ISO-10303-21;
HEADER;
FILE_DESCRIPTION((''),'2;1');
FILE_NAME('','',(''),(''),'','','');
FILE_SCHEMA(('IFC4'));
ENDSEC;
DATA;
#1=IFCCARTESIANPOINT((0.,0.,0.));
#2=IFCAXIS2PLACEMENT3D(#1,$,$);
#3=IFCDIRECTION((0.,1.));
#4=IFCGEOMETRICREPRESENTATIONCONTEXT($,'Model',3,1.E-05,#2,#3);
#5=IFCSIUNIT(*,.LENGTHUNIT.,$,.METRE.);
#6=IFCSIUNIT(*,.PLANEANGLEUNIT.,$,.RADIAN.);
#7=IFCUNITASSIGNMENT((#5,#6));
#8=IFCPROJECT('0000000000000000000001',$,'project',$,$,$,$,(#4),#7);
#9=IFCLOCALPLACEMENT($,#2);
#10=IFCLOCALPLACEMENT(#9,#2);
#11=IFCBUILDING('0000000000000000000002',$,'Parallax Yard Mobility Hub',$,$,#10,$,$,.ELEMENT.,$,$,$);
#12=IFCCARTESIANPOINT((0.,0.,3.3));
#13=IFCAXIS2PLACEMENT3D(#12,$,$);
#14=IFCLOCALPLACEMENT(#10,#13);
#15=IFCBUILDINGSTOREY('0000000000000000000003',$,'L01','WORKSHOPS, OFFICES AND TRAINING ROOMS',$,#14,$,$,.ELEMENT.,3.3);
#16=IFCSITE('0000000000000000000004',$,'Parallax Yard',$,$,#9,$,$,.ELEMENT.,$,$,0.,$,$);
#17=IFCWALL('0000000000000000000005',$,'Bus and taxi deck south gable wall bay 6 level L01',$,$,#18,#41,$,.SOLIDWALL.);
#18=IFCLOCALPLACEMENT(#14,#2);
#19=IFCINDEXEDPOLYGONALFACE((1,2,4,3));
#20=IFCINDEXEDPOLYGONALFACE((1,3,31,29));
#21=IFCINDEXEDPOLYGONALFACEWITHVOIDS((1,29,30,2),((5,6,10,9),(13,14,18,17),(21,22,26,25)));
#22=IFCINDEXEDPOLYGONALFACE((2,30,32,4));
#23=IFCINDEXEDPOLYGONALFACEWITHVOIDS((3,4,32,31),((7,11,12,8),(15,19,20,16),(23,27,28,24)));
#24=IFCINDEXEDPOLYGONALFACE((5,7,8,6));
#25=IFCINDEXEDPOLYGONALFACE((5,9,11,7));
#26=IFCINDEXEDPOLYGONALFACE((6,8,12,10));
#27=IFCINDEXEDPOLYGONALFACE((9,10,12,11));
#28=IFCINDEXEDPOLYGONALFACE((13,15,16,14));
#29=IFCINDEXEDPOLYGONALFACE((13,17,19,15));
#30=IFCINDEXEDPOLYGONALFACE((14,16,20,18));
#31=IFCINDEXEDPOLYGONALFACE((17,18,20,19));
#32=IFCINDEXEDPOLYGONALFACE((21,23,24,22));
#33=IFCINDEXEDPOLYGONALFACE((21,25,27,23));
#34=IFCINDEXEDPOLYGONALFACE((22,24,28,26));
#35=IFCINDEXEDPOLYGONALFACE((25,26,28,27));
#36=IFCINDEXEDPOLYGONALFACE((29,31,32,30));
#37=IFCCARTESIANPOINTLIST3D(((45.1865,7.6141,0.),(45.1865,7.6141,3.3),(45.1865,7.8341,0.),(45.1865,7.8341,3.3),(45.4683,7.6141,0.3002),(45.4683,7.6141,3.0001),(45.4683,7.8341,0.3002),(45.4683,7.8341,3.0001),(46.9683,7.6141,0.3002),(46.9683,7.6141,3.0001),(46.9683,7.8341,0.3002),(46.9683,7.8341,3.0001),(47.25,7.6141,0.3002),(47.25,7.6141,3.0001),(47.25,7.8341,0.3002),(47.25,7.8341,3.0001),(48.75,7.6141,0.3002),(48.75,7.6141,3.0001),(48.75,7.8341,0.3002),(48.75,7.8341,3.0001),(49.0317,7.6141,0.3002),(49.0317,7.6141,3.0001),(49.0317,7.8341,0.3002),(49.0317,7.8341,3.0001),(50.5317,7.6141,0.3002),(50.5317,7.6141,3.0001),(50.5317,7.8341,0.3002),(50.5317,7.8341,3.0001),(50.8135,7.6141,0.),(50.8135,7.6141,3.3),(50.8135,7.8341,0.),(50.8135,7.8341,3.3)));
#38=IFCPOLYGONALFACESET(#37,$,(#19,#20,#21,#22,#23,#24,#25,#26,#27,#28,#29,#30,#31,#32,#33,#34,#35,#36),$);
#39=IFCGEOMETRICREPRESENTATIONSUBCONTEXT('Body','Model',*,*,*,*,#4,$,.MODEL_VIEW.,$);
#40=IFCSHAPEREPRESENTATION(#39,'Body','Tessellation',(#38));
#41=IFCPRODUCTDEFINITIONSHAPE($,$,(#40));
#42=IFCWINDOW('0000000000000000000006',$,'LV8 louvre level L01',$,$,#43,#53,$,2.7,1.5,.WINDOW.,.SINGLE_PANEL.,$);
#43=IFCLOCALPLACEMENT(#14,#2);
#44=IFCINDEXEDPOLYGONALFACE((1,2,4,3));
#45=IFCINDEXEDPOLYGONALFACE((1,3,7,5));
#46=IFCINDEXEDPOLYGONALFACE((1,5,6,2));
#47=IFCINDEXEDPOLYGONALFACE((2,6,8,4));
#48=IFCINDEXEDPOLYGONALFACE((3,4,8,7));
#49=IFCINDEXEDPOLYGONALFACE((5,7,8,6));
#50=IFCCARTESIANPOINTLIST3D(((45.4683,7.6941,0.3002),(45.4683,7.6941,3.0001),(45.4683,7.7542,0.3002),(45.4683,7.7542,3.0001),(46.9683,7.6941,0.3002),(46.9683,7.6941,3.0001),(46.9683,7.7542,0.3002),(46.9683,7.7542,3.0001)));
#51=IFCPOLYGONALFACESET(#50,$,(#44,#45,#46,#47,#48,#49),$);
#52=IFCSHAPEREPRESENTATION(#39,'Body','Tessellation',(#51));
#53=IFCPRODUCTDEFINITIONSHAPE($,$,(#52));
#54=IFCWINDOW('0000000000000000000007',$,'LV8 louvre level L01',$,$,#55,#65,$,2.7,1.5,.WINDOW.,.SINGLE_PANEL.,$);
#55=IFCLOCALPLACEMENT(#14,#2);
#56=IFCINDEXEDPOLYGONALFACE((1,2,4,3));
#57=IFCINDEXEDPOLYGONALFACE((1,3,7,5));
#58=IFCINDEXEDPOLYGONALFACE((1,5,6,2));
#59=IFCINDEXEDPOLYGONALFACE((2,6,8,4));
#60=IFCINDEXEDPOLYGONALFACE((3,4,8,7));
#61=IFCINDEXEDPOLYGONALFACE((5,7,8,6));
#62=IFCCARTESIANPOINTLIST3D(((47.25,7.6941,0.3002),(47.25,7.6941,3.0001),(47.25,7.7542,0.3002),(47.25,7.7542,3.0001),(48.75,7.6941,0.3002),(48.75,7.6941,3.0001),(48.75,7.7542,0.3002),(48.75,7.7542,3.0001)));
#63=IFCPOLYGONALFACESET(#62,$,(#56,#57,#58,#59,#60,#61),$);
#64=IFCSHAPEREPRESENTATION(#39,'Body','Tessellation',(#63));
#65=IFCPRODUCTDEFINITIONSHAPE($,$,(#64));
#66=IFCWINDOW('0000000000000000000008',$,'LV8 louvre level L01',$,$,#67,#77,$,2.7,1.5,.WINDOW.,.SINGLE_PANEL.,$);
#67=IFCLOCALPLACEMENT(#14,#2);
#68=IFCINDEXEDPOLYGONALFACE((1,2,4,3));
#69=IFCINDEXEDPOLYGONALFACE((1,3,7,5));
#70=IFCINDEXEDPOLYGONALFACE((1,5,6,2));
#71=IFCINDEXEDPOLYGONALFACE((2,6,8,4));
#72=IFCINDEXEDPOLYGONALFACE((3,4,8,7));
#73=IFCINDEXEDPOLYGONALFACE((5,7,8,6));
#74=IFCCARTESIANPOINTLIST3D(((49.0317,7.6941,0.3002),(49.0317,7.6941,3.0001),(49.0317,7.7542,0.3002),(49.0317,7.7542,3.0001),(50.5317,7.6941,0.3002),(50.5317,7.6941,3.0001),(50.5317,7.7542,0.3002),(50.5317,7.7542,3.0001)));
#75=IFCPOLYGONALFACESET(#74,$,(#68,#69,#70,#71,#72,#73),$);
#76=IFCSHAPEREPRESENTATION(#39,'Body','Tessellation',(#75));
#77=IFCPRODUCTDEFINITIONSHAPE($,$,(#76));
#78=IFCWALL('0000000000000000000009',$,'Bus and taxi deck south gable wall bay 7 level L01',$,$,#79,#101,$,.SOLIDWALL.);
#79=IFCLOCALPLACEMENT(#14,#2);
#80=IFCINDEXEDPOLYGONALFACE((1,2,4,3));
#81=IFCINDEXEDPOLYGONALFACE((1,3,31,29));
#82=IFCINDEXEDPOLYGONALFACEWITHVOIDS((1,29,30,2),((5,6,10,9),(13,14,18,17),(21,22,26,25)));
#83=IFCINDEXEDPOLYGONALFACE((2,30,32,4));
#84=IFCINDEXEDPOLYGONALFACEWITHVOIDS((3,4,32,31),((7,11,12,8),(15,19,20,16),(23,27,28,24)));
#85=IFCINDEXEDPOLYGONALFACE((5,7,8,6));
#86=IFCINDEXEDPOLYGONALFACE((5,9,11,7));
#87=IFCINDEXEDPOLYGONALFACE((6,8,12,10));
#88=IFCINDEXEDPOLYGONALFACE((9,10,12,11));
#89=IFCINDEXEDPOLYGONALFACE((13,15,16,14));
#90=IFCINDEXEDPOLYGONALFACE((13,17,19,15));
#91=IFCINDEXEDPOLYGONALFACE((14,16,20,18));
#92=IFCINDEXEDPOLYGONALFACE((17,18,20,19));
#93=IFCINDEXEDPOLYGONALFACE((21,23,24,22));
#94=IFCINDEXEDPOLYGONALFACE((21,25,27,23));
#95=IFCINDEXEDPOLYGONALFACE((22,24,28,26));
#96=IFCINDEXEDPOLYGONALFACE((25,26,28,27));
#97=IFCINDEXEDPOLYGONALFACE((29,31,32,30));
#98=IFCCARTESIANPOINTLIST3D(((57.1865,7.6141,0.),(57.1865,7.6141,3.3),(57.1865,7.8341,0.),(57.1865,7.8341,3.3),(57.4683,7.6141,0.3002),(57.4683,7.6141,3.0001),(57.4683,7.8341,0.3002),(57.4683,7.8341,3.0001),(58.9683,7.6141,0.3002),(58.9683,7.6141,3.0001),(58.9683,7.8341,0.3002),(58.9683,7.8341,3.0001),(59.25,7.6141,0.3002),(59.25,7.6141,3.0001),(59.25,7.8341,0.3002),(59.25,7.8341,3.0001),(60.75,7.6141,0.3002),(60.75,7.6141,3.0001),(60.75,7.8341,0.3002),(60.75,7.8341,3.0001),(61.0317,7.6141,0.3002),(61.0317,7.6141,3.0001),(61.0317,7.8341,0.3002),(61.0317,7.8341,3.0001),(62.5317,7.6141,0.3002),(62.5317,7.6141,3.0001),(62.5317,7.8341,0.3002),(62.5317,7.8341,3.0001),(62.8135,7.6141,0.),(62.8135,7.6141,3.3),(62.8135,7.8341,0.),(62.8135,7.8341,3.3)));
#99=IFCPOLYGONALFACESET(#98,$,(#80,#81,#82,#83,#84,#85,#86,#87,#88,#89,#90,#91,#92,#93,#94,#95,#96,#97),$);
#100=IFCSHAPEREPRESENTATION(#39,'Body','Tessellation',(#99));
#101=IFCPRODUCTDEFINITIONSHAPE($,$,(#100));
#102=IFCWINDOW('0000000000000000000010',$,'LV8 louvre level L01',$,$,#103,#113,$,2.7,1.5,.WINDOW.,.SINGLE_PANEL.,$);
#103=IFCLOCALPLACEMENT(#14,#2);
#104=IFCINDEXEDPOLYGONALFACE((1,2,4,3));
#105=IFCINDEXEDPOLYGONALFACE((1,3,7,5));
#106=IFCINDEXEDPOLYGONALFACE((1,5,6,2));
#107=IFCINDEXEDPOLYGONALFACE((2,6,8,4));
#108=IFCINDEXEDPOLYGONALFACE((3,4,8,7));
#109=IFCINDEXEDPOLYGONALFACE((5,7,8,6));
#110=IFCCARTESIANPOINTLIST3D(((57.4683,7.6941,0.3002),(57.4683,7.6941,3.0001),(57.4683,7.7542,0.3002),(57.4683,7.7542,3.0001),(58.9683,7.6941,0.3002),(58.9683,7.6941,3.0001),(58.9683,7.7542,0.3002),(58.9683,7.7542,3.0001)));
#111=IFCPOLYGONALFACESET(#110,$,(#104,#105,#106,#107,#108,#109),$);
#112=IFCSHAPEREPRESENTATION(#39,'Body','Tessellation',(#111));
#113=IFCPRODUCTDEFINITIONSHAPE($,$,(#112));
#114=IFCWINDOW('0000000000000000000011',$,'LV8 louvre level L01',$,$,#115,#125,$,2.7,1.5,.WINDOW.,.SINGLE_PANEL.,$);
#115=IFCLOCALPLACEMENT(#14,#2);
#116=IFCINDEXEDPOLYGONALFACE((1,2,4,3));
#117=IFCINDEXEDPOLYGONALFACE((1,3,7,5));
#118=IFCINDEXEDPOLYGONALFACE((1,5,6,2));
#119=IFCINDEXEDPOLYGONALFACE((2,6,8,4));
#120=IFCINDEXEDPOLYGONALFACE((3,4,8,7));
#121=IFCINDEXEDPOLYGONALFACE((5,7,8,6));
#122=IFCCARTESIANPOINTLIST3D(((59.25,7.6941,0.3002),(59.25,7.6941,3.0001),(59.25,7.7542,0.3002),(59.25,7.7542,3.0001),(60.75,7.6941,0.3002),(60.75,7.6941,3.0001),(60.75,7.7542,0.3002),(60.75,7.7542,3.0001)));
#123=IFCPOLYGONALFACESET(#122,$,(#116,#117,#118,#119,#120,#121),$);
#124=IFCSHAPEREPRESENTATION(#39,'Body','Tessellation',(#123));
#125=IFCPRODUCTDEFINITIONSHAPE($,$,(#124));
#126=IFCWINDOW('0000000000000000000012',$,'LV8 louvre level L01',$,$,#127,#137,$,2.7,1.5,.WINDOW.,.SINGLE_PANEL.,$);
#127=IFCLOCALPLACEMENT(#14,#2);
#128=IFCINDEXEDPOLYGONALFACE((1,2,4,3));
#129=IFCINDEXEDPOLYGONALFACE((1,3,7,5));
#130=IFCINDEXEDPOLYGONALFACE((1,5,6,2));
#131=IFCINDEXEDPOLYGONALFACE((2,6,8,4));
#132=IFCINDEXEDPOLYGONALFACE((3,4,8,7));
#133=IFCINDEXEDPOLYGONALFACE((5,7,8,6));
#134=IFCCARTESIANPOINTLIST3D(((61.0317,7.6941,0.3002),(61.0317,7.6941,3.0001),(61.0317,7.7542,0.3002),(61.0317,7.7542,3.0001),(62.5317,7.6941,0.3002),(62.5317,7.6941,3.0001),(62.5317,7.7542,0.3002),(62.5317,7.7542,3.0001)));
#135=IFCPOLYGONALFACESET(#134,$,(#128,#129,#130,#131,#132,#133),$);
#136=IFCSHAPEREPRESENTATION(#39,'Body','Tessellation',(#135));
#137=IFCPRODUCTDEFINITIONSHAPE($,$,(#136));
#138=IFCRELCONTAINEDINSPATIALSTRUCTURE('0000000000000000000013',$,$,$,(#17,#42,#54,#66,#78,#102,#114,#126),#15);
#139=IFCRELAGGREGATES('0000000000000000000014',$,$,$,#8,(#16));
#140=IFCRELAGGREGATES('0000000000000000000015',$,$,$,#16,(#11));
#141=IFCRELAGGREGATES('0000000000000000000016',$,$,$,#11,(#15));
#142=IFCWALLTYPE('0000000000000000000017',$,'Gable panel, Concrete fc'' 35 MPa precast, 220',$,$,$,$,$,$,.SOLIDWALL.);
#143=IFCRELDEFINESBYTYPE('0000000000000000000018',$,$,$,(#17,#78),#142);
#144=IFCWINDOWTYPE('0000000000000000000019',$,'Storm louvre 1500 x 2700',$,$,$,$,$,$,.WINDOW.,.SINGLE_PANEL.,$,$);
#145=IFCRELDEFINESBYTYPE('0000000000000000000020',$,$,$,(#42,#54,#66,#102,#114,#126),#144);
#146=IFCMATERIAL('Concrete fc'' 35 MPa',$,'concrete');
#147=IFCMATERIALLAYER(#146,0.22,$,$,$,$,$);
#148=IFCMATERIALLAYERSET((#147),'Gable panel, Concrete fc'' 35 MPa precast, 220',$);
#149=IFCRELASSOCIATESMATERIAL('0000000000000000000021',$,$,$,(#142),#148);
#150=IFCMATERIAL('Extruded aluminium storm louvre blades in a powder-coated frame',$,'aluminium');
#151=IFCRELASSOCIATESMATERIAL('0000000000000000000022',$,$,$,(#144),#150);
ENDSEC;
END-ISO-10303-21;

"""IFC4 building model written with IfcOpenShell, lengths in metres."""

from ifc_helpers import new_model, si_unit, direction, frame, frame_2d, origin, place, context, subcontext, project, spatial, rectangle, extrude, material, layer, layer_set, type_object, element, fill, save


model = new_model("IFC4")

# Units and contexts
model_context = context("Model", 3, precision=1e-05, world=origin(), true_north=direction((0.0, 1.0)))
body_context = subcontext(model_context, "Body", "Model", "MODEL_VIEW")
ifc_project = project(units=[si_unit("LENGTHUNIT", "METRE"), si_unit("PLANEANGLEUNIT", "RADIAN")], contexts=[model_context])

# Site, building, storey
site_placement = place(None, origin())
site = spatial("IfcSite", under=ifc_project, at=site_placement, Name="Parallax Yard", CompositionType="ELEMENT", RefElevation=0.0)
building_placement = place(site_placement, origin())
building = spatial("IfcBuilding", under=site, at=building_placement, Name="Parallax Yard Mobility Hub", CompositionType="ELEMENT")
storey_placement = place(building_placement, frame((0.0, 0.0, 3.3)))
storey = spatial("IfcBuildingStorey", under=building, at=storey_placement, Name="L01", Description="WORKSHOPS, OFFICES AND TRAINING ROOMS", CompositionType="ELEMENT", Elevation=3.3)

# Walls, openings, windows
ifc_material_1 = material(Name="Concrete fc' 35 MPa", Category="concrete")
ifc_layer = layer(ifc_material_1, 0.22)
ifc_layer_set = layer_set([ifc_layer], Name="Gable panel, Concrete fc' 35 MPa precast, 220")
wall_type = type_object("IfcWallType", Name="Gable panel, Concrete fc' 35 MPa precast, 220", PredefinedType="SOLIDWALL", material=ifc_layer_set)
wall_1_placement = place(storey_placement, frame((45.1865, 7.7241, 0.0), z_axis=(0.0, 0.0, 1.0), x_axis=(1.0, 0.0, 0.0)))
wall_1 = element("IfcWall", 1, at=wall_1_placement, inside=storey, type_object=wall_type, Name="Bus and taxi deck south gable wall bay 6 level L01", PredefinedType="SOLIDWALL", context=body_context, shape_type="SweptSolid", body=[
    extrude(rectangle(XDim=5.627, YDim=0.22, at=frame_2d((2.8135, 0.0))), origin(), (0.0, 0.0, 1.0), 3.3),
])
opening_1_placement = place(wall_1_placement, frame((0.2817, 0.0, 0.3)))
opening_1 = element("IfcOpeningElement", 2, at=opening_1_placement, cuts=wall_1, PredefinedType="OPENING", context=body_context, shape_type="SweptSolid", body=[
    extrude(rectangle(XDim=1.5, YDim=2.7, at=frame_2d((0.75, 1.3501))), frame((0.0, 0.1201, 0.0), z_axis=(0.0, -1.0, 0.0), x_axis=(1.0, 0.0, 0.0)), (0.0, 0.0, 1.0), 0.24),
])
opening_2_placement = place(wall_1_placement, frame((2.0635, 0.0, 0.3)))
opening_2 = element("IfcOpeningElement", 3, at=opening_2_placement, cuts=wall_1, PredefinedType="OPENING", context=body_context, shape_type="SweptSolid", body=[
    extrude(rectangle(XDim=1.5, YDim=2.7, at=frame_2d((0.75, 1.3501))), frame((0.0, 0.1201, 0.0), z_axis=(0.0, -1.0, 0.0), x_axis=(1.0, 0.0, 0.0)), (0.0, 0.0, 1.0), 0.24),
])
opening_3_placement = place(wall_1_placement, frame((3.8452, 0.0, 0.3)))
opening_3 = element("IfcOpeningElement", 4, at=opening_3_placement, cuts=wall_1, PredefinedType="OPENING", context=body_context, shape_type="SweptSolid", body=[
    extrude(rectangle(XDim=1.5, YDim=2.7, at=frame_2d((0.75, 1.3501))), frame((0.0, 0.1201, 0.0), z_axis=(0.0, -1.0, 0.0), x_axis=(1.0, 0.0, 0.0)), (0.0, 0.0, 1.0), 0.24),
])
ifc_material_2 = material(Name="Extruded aluminium storm louvre blades in a powder-coated frame", Category="aluminium")
window_type = type_object("IfcWindowType", Name="Storm louvre 1500 x 2700", PartitioningType="SINGLE_PANEL", PredefinedType="WINDOW", material=ifc_material_2)
window_1_placement = place(opening_1_placement, origin())
window_1 = element("IfcWindow", 5, at=window_1_placement, inside=storey, type_object=window_type, Name="LV8 louvre level L01", OverallHeight=2.7, OverallWidth=1.5, PartitioningType="SINGLE_PANEL", PredefinedType="WINDOW", context=body_context, shape_type="SweptSolid", body=[
    extrude(rectangle(XDim=1.5, YDim=2.7, at=frame_2d((0.75, 1.3501))), frame((0.0, 0.03, 0.0), z_axis=(0.0, -1.0, 0.0), x_axis=(1.0, 0.0, 0.0)), (0.0, 0.0, 1.0), 0.0601),
])
fill(opening_1, window_1)
window_2_placement = place(opening_2_placement, origin())
window_2 = element("IfcWindow", 6, at=window_2_placement, inside=storey, type_object=window_type, Name="LV8 louvre level L01", OverallHeight=2.7, OverallWidth=1.5, PartitioningType="SINGLE_PANEL", PredefinedType="WINDOW", context=body_context, shape_type="SweptSolid", body=[
    extrude(rectangle(XDim=1.5, YDim=2.7, at=frame_2d((0.75, 1.3501))), frame((0.0, 0.03, 0.0), z_axis=(0.0, -1.0, 0.0), x_axis=(1.0, 0.0, 0.0)), (0.0, 0.0, 1.0), 0.0601),
])
fill(opening_2, window_2)
window_3_placement = place(opening_3_placement, origin())
window_3 = element("IfcWindow", 7, at=window_3_placement, inside=storey, type_object=window_type, Name="LV8 louvre level L01", OverallHeight=2.7, OverallWidth=1.5, PartitioningType="SINGLE_PANEL", PredefinedType="WINDOW", context=body_context, shape_type="SweptSolid", body=[
    extrude(rectangle(XDim=1.5, YDim=2.7, at=frame_2d((0.75, 1.3501))), frame((0.0, 0.03, 0.0), z_axis=(0.0, -1.0, 0.0), x_axis=(1.0, 0.0, 0.0)), (0.0, 0.0, 1.0), 0.0601),
])
fill(opening_3, window_3)
wall_2_placement = place(storey_placement, frame((57.1865, 7.7241, 0.0), z_axis=(0.0, 0.0, 1.0), x_axis=(1.0, 0.0, 0.0)))
wall_2 = element("IfcWall", 8, at=wall_2_placement, inside=storey, type_object=wall_type, Name="Bus and taxi deck south gable wall bay 7 level L01", PredefinedType="SOLIDWALL", context=body_context, shape_type="SweptSolid", body=[
    extrude(rectangle(XDim=5.627, YDim=0.22, at=frame_2d((2.8135, 0.0))), origin(), (0.0, 0.0, 1.0), 3.3),
])
opening_4_placement = place(wall_2_placement, frame((0.2817, 0.0, 0.3)))
opening_4 = element("IfcOpeningElement", 9, at=opening_4_placement, cuts=wall_2, PredefinedType="OPENING", context=body_context, shape_type="SweptSolid", body=[
    extrude(rectangle(XDim=1.5, YDim=2.7, at=frame_2d((0.75, 1.3501))), frame((0.0, 0.1201, 0.0), z_axis=(0.0, -1.0, 0.0), x_axis=(1.0, 0.0, 0.0)), (0.0, 0.0, 1.0), 0.24),
])
opening_5_placement = place(wall_2_placement, frame((2.0635, 0.0, 0.3)))
opening_5 = element("IfcOpeningElement", 10, at=opening_5_placement, cuts=wall_2, PredefinedType="OPENING", context=body_context, shape_type="SweptSolid", body=[
    extrude(rectangle(XDim=1.5, YDim=2.7, at=frame_2d((0.75, 1.3501))), frame((0.0, 0.1201, 0.0), z_axis=(0.0, -1.0, 0.0), x_axis=(1.0, 0.0, 0.0)), (0.0, 0.0, 1.0), 0.24),
])
opening_6_placement = place(wall_2_placement, frame((3.8452, 0.0, 0.3)))
opening_6 = element("IfcOpeningElement", 11, at=opening_6_placement, cuts=wall_2, PredefinedType="OPENING", context=body_context, shape_type="SweptSolid", body=[
    extrude(rectangle(XDim=1.5, YDim=2.7, at=frame_2d((0.75, 1.3501))), frame((0.0, 0.1201, 0.0), z_axis=(0.0, -1.0, 0.0), x_axis=(1.0, 0.0, 0.0)), (0.0, 0.0, 1.0), 0.24),
])
window_4_placement = place(opening_4_placement, origin())
window_4 = element("IfcWindow", 12, at=window_4_placement, inside=storey, type_object=window_type, Name="LV8 louvre level L01", OverallHeight=2.7, OverallWidth=1.5, PartitioningType="SINGLE_PANEL", PredefinedType="WINDOW", context=body_context, shape_type="SweptSolid", body=[
    extrude(rectangle(XDim=1.5, YDim=2.7, at=frame_2d((0.75, 1.3501))), frame((0.0, 0.03, 0.0), z_axis=(0.0, -1.0, 0.0), x_axis=(1.0, 0.0, 0.0)), (0.0, 0.0, 1.0), 0.0601),
])
fill(opening_4, window_4)
window_5_placement = place(opening_5_placement, origin())
window_5 = element("IfcWindow", 13, at=window_5_placement, inside=storey, type_object=window_type, Name="LV8 louvre level L01", OverallHeight=2.7, OverallWidth=1.5, PartitioningType="SINGLE_PANEL", PredefinedType="WINDOW", context=body_context, shape_type="SweptSolid", body=[
    extrude(rectangle(XDim=1.5, YDim=2.7, at=frame_2d((0.75, 1.3501))), frame((0.0, 0.03, 0.0), z_axis=(0.0, -1.0, 0.0), x_axis=(1.0, 0.0, 0.0)), (0.0, 0.0, 1.0), 0.0601),
])
fill(opening_5, window_5)
window_6_placement = place(opening_6_placement, origin())
window_6 = element("IfcWindow", 14, at=window_6_placement, inside=storey, type_object=window_type, Name="LV8 louvre level L01", OverallHeight=2.7, OverallWidth=1.5, PartitioningType="SINGLE_PANEL", PredefinedType="WINDOW", context=body_context, shape_type="SweptSolid", body=[
    extrude(rectangle(XDim=1.5, YDim=2.7, at=frame_2d((0.75, 1.3501))), frame((0.0, 0.03, 0.0), z_axis=(0.0, -1.0, 0.0), x_axis=(1.0, 0.0, 0.0)), (0.0, 0.0, 1.0), 0.0601),
])
fill(opening_6, window_6)

save(model, "model.ifc")
